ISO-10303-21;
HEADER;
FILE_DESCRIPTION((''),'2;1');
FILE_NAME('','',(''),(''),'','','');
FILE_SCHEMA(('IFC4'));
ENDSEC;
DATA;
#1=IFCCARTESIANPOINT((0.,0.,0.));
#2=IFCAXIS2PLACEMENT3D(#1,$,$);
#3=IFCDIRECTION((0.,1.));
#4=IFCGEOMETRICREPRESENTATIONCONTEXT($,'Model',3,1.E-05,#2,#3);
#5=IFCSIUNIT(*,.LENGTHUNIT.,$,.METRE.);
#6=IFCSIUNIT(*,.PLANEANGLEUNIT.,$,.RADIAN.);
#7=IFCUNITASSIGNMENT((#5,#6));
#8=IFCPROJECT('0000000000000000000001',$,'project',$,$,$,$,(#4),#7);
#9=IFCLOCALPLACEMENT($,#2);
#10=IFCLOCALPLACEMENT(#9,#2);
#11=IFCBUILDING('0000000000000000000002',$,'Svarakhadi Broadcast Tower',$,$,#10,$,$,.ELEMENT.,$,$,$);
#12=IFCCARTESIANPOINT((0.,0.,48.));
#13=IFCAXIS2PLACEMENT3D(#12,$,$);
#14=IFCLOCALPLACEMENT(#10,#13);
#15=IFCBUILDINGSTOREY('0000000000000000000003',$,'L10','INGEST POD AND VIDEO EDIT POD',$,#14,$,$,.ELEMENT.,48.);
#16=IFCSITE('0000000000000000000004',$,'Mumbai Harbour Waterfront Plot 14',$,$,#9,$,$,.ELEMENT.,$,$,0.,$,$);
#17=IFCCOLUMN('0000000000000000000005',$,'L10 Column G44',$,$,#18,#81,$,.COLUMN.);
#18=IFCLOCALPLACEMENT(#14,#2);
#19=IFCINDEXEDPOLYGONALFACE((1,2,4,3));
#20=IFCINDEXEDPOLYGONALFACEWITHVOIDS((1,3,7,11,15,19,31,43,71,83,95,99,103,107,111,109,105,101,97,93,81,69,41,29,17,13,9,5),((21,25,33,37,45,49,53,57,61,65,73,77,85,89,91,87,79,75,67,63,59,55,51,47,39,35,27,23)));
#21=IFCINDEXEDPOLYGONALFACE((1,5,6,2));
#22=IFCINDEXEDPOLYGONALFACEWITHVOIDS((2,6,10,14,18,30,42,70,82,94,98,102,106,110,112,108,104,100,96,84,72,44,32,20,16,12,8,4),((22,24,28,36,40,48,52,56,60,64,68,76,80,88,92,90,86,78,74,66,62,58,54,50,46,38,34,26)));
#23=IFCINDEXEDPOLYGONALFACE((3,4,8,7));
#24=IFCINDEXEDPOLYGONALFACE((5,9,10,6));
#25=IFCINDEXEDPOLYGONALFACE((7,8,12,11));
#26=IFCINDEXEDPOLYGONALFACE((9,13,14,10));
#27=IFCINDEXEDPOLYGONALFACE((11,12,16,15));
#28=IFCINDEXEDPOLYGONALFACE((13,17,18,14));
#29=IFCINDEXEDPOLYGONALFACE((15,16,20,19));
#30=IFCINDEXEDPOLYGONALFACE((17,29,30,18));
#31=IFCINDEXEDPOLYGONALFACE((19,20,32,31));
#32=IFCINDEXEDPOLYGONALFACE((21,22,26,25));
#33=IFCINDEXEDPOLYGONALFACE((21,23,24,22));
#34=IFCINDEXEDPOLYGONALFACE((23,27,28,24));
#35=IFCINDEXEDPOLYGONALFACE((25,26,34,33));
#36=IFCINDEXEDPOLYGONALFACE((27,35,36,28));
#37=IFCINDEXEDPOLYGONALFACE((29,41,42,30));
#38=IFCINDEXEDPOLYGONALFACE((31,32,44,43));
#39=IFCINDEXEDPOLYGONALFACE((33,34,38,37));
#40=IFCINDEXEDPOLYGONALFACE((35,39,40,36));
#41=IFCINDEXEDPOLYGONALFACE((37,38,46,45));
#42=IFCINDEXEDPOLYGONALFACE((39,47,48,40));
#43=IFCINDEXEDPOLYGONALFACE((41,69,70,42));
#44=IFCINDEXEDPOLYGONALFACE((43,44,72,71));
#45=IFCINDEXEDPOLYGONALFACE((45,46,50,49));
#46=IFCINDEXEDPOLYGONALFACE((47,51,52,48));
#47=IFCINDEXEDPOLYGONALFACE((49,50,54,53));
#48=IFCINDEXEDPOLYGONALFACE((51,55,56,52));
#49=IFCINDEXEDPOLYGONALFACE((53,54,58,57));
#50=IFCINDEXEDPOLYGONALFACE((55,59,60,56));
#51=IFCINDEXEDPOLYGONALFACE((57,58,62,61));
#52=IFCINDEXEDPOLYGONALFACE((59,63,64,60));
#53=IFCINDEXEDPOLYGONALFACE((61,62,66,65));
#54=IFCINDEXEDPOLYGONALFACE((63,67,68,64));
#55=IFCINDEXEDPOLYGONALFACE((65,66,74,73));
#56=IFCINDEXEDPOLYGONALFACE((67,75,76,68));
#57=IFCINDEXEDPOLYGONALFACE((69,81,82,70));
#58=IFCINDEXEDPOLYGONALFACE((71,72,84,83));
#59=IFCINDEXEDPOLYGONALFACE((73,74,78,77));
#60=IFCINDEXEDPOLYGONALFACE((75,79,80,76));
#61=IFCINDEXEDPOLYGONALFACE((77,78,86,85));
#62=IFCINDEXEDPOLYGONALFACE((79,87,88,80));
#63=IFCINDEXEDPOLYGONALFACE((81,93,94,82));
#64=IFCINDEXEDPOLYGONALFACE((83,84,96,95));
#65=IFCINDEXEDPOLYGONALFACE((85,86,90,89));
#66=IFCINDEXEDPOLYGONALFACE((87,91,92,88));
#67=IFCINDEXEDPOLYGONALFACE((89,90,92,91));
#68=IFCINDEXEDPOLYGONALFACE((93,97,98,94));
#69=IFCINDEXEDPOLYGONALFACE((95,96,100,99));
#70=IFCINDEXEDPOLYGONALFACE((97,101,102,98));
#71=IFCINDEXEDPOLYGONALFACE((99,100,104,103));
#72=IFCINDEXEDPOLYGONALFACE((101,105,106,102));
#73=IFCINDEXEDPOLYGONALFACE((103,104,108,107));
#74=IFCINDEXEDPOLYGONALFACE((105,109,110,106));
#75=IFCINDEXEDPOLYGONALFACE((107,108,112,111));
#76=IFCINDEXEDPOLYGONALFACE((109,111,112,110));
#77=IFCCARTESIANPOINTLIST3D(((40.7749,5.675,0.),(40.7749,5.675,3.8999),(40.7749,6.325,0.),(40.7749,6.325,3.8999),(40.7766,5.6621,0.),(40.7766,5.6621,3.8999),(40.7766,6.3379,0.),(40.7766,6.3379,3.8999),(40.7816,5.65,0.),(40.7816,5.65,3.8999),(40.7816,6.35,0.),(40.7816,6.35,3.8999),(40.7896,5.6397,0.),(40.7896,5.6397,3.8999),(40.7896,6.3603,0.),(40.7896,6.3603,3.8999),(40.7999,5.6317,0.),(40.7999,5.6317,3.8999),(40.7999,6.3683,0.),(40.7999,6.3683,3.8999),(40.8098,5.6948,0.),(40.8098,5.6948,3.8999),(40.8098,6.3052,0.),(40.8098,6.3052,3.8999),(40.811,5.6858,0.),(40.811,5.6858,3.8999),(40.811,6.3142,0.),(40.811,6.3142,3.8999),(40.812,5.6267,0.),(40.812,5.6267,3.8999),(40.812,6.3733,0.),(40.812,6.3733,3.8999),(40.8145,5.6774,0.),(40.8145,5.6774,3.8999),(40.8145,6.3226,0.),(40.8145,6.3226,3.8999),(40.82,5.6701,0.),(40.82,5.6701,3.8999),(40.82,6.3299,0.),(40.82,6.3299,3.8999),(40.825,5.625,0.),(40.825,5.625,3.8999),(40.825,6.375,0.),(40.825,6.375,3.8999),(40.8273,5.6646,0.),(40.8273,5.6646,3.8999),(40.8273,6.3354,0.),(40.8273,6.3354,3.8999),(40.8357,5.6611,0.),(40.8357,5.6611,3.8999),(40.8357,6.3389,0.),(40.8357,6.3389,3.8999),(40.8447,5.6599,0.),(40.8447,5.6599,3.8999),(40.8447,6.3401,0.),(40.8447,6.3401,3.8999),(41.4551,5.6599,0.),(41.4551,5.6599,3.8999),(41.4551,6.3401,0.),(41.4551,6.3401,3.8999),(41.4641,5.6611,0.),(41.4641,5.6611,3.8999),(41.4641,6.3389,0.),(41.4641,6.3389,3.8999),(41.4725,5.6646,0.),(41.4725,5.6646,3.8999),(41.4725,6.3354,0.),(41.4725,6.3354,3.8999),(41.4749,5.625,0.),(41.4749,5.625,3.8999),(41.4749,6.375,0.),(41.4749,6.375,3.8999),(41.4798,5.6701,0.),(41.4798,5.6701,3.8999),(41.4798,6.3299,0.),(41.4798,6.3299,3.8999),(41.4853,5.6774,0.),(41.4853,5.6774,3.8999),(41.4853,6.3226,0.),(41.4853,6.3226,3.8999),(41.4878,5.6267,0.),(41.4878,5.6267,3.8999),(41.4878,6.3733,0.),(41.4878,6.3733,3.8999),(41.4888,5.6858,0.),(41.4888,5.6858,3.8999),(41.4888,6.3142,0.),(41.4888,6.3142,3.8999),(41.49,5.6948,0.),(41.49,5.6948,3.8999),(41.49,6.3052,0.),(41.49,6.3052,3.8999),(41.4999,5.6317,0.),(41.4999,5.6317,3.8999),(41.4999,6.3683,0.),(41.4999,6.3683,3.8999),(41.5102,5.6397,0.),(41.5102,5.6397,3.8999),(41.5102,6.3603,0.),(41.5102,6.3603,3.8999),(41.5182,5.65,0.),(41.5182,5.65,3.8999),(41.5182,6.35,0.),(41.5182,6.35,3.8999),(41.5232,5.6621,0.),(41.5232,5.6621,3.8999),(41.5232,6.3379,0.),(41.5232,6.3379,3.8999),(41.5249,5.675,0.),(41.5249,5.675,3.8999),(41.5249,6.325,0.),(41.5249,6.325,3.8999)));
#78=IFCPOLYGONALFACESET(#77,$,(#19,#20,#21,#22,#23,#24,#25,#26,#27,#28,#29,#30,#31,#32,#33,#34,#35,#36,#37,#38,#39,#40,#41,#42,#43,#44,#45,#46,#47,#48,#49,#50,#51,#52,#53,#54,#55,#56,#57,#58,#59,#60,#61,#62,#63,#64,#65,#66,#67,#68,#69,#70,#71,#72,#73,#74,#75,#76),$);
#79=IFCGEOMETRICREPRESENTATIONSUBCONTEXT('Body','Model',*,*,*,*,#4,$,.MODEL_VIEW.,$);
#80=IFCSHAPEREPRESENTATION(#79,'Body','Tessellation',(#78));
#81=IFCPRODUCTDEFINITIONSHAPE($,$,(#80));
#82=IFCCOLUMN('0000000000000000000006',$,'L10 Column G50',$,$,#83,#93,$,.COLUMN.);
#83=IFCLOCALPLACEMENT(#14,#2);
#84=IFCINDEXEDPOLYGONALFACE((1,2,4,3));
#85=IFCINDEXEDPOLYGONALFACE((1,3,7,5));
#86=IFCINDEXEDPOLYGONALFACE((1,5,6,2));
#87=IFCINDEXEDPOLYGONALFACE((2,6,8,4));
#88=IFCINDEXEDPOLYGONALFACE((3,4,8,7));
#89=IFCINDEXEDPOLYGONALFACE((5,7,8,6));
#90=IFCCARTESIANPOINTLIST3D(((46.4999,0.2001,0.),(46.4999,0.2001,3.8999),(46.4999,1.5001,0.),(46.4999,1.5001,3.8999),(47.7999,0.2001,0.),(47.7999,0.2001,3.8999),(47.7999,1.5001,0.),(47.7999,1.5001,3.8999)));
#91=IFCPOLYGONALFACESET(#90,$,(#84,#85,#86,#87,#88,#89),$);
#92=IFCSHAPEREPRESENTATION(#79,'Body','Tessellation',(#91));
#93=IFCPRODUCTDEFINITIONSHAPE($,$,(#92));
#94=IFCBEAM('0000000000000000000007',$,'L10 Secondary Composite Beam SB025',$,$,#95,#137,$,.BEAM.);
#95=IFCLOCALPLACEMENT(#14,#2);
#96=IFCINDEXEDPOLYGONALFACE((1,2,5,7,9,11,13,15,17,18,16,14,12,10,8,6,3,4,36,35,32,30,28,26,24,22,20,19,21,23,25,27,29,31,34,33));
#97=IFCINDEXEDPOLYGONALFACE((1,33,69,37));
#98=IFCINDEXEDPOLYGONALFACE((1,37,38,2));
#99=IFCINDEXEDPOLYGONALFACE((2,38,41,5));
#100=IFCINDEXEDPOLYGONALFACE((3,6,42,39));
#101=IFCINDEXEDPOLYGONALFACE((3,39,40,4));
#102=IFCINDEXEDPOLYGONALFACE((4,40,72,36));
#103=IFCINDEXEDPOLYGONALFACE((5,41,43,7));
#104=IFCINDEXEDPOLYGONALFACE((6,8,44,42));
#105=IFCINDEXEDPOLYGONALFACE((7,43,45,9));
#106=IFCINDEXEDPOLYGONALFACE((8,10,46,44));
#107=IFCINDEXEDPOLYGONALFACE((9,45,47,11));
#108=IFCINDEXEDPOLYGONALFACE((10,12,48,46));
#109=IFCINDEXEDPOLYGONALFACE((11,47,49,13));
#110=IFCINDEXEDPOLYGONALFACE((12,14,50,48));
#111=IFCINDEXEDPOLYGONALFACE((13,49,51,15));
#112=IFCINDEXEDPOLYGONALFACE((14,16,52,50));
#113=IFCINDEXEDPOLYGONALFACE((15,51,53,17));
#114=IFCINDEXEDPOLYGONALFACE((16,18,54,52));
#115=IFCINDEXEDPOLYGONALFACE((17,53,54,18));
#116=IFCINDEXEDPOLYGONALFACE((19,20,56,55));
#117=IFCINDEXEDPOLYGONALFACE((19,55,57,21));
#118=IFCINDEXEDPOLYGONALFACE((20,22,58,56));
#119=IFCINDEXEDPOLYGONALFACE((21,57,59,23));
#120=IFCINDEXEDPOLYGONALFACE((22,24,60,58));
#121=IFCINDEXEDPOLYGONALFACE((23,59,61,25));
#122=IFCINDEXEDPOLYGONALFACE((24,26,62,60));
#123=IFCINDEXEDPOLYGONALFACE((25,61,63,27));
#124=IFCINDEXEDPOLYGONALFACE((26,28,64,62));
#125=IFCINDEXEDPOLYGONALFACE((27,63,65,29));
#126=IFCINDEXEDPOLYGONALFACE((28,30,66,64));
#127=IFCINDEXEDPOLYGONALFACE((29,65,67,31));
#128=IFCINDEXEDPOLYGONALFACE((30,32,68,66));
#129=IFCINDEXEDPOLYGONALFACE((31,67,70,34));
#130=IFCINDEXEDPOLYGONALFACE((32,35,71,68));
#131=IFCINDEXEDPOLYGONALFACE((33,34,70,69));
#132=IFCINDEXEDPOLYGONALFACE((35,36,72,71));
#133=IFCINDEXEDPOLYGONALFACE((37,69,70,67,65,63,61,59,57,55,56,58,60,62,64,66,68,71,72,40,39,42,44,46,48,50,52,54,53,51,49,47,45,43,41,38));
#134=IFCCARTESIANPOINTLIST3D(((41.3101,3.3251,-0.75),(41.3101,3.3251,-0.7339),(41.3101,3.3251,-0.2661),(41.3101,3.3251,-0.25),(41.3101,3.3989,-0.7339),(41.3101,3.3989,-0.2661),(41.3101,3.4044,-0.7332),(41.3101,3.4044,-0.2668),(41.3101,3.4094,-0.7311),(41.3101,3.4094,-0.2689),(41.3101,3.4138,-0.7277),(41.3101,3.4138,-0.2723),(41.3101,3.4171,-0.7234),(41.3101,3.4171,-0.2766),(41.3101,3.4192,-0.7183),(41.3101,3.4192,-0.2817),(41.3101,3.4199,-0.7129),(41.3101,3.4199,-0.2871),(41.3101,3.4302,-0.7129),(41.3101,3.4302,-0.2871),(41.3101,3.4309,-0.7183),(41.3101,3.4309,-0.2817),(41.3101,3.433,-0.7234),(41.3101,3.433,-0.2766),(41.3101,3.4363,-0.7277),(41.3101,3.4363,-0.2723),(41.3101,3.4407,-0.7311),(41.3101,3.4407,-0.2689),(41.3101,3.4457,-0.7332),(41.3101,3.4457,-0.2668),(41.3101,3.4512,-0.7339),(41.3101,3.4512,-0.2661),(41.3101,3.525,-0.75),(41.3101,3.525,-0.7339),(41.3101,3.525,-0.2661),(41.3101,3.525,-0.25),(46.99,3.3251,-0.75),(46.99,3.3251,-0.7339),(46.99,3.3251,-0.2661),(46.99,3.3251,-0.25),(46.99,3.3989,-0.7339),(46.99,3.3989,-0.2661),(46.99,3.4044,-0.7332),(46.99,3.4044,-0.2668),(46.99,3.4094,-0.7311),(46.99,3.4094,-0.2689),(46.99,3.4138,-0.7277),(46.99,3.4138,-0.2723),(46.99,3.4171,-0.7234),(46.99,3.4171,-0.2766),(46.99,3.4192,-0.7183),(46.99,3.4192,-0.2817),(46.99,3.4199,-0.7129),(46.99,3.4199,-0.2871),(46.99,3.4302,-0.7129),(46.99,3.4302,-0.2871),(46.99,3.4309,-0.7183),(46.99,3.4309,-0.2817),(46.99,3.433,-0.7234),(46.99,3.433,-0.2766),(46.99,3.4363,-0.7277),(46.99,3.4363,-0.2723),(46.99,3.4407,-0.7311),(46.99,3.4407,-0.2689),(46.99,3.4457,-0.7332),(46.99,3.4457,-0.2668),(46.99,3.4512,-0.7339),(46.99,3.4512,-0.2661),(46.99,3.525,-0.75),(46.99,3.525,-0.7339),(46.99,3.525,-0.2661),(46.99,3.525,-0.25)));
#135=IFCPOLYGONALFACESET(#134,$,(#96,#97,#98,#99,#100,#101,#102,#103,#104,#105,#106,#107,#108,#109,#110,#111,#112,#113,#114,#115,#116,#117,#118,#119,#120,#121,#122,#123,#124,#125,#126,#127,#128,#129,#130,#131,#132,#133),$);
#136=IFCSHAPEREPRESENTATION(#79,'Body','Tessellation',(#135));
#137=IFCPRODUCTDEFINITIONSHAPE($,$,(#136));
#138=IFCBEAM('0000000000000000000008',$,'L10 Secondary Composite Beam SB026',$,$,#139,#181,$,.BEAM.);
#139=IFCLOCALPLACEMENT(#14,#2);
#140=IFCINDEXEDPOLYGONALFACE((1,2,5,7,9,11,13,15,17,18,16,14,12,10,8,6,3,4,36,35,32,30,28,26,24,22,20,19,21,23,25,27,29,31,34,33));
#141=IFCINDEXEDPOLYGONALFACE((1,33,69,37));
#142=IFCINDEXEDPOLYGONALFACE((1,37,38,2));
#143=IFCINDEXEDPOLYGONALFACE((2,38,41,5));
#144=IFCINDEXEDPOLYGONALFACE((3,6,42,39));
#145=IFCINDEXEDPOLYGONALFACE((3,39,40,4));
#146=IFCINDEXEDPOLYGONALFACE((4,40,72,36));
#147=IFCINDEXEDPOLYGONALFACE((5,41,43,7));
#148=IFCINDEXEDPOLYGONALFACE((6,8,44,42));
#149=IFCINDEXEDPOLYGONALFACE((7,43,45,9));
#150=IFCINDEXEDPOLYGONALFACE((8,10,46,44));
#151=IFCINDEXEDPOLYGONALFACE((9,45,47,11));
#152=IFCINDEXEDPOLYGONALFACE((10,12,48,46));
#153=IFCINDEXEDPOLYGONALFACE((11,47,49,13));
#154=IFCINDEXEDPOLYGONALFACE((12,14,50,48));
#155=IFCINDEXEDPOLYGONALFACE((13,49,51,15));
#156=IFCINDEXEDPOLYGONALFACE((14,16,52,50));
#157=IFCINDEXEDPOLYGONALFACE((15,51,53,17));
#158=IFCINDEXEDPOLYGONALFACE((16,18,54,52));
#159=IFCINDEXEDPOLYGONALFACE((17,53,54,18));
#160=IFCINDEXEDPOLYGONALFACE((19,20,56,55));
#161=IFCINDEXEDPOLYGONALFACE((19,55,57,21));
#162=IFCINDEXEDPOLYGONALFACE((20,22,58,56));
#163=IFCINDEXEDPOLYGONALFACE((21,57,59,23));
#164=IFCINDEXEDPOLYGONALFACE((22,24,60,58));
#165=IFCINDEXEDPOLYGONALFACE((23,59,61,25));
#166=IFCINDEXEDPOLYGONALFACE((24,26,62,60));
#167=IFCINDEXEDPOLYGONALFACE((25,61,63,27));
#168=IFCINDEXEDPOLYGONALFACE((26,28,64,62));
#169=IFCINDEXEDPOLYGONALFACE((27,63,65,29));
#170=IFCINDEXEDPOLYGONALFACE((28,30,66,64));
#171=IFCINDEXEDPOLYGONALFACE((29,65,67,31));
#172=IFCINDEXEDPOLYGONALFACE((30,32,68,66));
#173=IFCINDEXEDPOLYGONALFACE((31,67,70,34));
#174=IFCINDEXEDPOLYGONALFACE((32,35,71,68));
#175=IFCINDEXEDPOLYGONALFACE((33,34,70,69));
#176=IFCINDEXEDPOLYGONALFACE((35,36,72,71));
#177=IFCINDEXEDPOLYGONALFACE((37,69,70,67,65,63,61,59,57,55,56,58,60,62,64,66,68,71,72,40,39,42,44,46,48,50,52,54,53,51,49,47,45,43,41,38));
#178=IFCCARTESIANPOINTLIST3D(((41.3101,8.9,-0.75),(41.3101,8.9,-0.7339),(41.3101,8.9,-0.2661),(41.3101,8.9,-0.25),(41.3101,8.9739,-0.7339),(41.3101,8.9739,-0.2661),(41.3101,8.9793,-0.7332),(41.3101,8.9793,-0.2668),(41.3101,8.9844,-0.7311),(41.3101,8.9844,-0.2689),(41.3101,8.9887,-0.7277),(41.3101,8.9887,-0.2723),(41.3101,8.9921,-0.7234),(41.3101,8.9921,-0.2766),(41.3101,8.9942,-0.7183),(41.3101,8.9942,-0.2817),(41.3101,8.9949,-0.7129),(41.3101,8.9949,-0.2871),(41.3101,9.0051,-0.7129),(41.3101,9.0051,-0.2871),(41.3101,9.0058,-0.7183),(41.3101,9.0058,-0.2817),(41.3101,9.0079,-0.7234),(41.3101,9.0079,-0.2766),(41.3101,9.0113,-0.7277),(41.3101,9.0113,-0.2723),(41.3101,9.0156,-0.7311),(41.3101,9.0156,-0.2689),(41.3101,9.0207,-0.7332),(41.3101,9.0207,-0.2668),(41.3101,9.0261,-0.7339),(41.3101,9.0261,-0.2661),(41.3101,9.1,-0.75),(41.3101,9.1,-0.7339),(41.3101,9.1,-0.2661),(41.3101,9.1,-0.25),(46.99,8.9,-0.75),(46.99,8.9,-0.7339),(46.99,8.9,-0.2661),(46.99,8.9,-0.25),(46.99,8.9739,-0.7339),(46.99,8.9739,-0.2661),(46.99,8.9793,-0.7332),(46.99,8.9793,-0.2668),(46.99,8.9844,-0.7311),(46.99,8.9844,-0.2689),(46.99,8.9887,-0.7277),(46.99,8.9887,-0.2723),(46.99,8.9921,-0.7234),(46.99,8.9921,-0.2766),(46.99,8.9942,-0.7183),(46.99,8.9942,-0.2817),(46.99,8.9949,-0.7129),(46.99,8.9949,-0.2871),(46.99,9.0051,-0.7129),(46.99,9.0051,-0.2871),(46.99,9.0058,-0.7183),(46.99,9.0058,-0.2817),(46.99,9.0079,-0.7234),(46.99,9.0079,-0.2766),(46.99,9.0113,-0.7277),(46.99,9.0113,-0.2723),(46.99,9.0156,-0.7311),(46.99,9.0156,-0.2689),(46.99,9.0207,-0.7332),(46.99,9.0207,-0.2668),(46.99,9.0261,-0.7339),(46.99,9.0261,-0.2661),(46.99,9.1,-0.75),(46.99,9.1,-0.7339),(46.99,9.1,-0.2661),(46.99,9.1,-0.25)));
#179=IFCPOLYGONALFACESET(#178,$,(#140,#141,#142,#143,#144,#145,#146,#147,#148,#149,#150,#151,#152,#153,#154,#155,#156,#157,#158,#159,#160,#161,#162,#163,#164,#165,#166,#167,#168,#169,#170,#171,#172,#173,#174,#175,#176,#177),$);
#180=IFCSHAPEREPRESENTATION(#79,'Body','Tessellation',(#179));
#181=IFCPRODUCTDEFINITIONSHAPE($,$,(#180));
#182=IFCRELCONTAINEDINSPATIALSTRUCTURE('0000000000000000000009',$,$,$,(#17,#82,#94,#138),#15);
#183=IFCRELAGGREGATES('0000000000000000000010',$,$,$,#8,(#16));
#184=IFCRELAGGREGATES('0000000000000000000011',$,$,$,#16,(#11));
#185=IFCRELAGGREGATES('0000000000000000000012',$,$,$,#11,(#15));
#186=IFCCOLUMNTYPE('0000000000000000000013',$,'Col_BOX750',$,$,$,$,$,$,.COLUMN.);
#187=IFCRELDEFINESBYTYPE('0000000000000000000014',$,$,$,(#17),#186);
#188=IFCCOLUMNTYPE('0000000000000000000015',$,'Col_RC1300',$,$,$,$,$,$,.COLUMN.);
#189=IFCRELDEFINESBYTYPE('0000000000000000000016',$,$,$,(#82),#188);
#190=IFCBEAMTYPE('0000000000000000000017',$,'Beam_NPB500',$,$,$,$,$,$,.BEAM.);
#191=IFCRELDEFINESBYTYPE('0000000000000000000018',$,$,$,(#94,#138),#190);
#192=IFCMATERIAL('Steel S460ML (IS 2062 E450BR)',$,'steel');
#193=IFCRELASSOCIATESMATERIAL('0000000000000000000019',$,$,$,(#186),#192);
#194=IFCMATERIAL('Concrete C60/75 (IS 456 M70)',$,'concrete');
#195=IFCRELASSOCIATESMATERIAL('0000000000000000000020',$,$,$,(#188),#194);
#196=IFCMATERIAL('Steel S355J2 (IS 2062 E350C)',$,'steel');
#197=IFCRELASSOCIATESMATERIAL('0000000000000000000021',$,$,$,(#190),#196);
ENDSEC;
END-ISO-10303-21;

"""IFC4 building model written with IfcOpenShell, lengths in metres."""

from ifc_helpers import new_model, si_unit, direction, frame, origin, origin_2d, place, context, subcontext, project, spatial, rectangle, hollow_rectangle, i_section, extrude, material, material_profile, profile_set, type_object, element, save


model = new_model("IFC4")

# Units and contexts
model_context = context("Model", 3, precision=1e-05, world=origin(), true_north=direction((0.0, 1.0)))
body_context = subcontext(model_context, "Body", "Model", "MODEL_VIEW")
ifc_project = project(units=[si_unit("LENGTHUNIT", "METRE"), si_unit("PLANEANGLEUNIT", "RADIAN")], contexts=[model_context])

# Site, building, storey
site_placement = place(None, origin())
site = spatial("IfcSite", under=ifc_project, at=site_placement, Name="Mumbai Harbour Waterfront Plot 14", CompositionType="ELEMENT", RefElevation=0.0)
building_placement = place(site_placement, origin())
building = spatial("IfcBuilding", under=site, at=building_placement, Name="Svarakhadi Broadcast Tower", CompositionType="ELEMENT")
storey_placement = place(building_placement, frame((0.0, 0.0, 48.0)))
storey = spatial("IfcBuildingStorey", under=building, at=storey_placement, Name="L10", Description="INGEST POD AND VIDEO EDIT POD", CompositionType="ELEMENT", Elevation=48.0)

# Columns
ifc_material_1 = material(Name="Steel S460ML (IS 2062 E450BR)", Category="steel")
ifc_material_profile_1 = material_profile(ifc_material_1, hollow_rectangle(XDim=0.75, YDim=0.75, WallThickness=0.0349, InnerFilletRadius=0.0349, OuterFilletRadius=0.05, at=origin_2d()), Name="BOX 750x750x35")
ifc_profile_set_1 = profile_set([ifc_material_profile_1], Name="Steel S460ML (IS 2062 E450BR)")
column_type_1 = type_object("IfcColumnType", Name="Col_BOX750", PredefinedType="COLUMN", material=ifc_profile_set_1)
column_1_placement = place(storey_placement, frame((41.1499, 6.0, 0.0), z_axis=(0.0, 0.0, 1.0), x_axis=(1.0, 0.0, 0.0)))
element("IfcColumn", 1, at=column_1_placement, inside=storey, type_object=column_type_1, Name="L10 Column G44", PredefinedType="COLUMN", context=body_context, shape_type="SweptSolid", body=[
    extrude(hollow_rectangle(XDim=0.75, YDim=0.75, WallThickness=0.0349, InnerFilletRadius=0.0349, OuterFilletRadius=0.05, at=origin_2d()), origin(), (0.0, 0.0, 1.0), 3.8999),
])
ifc_material_2 = material(Name="Concrete C60/75 (IS 456 M70)", Category="concrete")
ifc_material_profile_2 = material_profile(ifc_material_2, rectangle(XDim=1.3, YDim=1.3, at=origin_2d()), Name="RC 1300x1300")
ifc_profile_set_2 = profile_set([ifc_material_profile_2], Name="Concrete C60/75 (IS 456 M70)")
column_type_2 = type_object("IfcColumnType", Name="Col_RC1300", PredefinedType="COLUMN", material=ifc_profile_set_2)
column_2_placement = place(storey_placement, frame((47.1499, 0.8501, 0.0), z_axis=(0.0, 0.0, 1.0), x_axis=(1.0, 0.0, 0.0)))
element("IfcColumn", 2, at=column_2_placement, inside=storey, type_object=column_type_2, Name="L10 Column G50", PredefinedType="COLUMN", context=body_context, shape_type="SweptSolid", body=[
    extrude(rectangle(XDim=1.3, YDim=1.3, at=origin_2d()), origin(), (0.0, 0.0, 1.0), 3.8999),
])

# Beams
ifc_material_3 = material(Name="Steel S355J2 (IS 2062 E350C)", Category="steel")
ifc_material_profile_3 = material_profile(ifc_material_3, i_section(OverallWidth=0.2, OverallDepth=0.5, WebThickness=0.0103, FlangeThickness=0.0161, FilletRadius=0.021, at=origin_2d()), Name="NPB 500x200x91")
ifc_profile_set_3 = profile_set([ifc_material_profile_3], Name="Steel S355J2 (IS 2062 E350C)")
beam_type_1 = type_object("IfcBeamType", Name="Beam_NPB500", PredefinedType="BEAM", material=ifc_profile_set_3)
for number, where, z_axis, x_axis, name in (
    (3, (41.3101, 3.425, -0.5), (1.0, 0.0, 0.0), (0.0, 1.0, 0.0), "L10 Secondary Composite Beam SB025"),
    (4, (41.3101, 9.0, -0.5), (1.0, 0.0, 0.0), (0.0, 1.0, 0.0), "L10 Secondary Composite Beam SB026"),
):
    element("IfcBeam", number, at=place(storey_placement, frame(where, z_axis=z_axis, x_axis=x_axis)), inside=storey, type_object=beam_type_1, Name=name, PredefinedType="BEAM", context=body_context, shape_type="SweptSolid", body=[
        extrude(i_section(OverallWidth=0.2, OverallDepth=0.5, WebThickness=0.0103, FlangeThickness=0.0161, FilletRadius=0.021, at=origin_2d()), origin(), (0.0, 0.0, 1.0), 5.6799),
    ])

save(model, "model.ifc")
